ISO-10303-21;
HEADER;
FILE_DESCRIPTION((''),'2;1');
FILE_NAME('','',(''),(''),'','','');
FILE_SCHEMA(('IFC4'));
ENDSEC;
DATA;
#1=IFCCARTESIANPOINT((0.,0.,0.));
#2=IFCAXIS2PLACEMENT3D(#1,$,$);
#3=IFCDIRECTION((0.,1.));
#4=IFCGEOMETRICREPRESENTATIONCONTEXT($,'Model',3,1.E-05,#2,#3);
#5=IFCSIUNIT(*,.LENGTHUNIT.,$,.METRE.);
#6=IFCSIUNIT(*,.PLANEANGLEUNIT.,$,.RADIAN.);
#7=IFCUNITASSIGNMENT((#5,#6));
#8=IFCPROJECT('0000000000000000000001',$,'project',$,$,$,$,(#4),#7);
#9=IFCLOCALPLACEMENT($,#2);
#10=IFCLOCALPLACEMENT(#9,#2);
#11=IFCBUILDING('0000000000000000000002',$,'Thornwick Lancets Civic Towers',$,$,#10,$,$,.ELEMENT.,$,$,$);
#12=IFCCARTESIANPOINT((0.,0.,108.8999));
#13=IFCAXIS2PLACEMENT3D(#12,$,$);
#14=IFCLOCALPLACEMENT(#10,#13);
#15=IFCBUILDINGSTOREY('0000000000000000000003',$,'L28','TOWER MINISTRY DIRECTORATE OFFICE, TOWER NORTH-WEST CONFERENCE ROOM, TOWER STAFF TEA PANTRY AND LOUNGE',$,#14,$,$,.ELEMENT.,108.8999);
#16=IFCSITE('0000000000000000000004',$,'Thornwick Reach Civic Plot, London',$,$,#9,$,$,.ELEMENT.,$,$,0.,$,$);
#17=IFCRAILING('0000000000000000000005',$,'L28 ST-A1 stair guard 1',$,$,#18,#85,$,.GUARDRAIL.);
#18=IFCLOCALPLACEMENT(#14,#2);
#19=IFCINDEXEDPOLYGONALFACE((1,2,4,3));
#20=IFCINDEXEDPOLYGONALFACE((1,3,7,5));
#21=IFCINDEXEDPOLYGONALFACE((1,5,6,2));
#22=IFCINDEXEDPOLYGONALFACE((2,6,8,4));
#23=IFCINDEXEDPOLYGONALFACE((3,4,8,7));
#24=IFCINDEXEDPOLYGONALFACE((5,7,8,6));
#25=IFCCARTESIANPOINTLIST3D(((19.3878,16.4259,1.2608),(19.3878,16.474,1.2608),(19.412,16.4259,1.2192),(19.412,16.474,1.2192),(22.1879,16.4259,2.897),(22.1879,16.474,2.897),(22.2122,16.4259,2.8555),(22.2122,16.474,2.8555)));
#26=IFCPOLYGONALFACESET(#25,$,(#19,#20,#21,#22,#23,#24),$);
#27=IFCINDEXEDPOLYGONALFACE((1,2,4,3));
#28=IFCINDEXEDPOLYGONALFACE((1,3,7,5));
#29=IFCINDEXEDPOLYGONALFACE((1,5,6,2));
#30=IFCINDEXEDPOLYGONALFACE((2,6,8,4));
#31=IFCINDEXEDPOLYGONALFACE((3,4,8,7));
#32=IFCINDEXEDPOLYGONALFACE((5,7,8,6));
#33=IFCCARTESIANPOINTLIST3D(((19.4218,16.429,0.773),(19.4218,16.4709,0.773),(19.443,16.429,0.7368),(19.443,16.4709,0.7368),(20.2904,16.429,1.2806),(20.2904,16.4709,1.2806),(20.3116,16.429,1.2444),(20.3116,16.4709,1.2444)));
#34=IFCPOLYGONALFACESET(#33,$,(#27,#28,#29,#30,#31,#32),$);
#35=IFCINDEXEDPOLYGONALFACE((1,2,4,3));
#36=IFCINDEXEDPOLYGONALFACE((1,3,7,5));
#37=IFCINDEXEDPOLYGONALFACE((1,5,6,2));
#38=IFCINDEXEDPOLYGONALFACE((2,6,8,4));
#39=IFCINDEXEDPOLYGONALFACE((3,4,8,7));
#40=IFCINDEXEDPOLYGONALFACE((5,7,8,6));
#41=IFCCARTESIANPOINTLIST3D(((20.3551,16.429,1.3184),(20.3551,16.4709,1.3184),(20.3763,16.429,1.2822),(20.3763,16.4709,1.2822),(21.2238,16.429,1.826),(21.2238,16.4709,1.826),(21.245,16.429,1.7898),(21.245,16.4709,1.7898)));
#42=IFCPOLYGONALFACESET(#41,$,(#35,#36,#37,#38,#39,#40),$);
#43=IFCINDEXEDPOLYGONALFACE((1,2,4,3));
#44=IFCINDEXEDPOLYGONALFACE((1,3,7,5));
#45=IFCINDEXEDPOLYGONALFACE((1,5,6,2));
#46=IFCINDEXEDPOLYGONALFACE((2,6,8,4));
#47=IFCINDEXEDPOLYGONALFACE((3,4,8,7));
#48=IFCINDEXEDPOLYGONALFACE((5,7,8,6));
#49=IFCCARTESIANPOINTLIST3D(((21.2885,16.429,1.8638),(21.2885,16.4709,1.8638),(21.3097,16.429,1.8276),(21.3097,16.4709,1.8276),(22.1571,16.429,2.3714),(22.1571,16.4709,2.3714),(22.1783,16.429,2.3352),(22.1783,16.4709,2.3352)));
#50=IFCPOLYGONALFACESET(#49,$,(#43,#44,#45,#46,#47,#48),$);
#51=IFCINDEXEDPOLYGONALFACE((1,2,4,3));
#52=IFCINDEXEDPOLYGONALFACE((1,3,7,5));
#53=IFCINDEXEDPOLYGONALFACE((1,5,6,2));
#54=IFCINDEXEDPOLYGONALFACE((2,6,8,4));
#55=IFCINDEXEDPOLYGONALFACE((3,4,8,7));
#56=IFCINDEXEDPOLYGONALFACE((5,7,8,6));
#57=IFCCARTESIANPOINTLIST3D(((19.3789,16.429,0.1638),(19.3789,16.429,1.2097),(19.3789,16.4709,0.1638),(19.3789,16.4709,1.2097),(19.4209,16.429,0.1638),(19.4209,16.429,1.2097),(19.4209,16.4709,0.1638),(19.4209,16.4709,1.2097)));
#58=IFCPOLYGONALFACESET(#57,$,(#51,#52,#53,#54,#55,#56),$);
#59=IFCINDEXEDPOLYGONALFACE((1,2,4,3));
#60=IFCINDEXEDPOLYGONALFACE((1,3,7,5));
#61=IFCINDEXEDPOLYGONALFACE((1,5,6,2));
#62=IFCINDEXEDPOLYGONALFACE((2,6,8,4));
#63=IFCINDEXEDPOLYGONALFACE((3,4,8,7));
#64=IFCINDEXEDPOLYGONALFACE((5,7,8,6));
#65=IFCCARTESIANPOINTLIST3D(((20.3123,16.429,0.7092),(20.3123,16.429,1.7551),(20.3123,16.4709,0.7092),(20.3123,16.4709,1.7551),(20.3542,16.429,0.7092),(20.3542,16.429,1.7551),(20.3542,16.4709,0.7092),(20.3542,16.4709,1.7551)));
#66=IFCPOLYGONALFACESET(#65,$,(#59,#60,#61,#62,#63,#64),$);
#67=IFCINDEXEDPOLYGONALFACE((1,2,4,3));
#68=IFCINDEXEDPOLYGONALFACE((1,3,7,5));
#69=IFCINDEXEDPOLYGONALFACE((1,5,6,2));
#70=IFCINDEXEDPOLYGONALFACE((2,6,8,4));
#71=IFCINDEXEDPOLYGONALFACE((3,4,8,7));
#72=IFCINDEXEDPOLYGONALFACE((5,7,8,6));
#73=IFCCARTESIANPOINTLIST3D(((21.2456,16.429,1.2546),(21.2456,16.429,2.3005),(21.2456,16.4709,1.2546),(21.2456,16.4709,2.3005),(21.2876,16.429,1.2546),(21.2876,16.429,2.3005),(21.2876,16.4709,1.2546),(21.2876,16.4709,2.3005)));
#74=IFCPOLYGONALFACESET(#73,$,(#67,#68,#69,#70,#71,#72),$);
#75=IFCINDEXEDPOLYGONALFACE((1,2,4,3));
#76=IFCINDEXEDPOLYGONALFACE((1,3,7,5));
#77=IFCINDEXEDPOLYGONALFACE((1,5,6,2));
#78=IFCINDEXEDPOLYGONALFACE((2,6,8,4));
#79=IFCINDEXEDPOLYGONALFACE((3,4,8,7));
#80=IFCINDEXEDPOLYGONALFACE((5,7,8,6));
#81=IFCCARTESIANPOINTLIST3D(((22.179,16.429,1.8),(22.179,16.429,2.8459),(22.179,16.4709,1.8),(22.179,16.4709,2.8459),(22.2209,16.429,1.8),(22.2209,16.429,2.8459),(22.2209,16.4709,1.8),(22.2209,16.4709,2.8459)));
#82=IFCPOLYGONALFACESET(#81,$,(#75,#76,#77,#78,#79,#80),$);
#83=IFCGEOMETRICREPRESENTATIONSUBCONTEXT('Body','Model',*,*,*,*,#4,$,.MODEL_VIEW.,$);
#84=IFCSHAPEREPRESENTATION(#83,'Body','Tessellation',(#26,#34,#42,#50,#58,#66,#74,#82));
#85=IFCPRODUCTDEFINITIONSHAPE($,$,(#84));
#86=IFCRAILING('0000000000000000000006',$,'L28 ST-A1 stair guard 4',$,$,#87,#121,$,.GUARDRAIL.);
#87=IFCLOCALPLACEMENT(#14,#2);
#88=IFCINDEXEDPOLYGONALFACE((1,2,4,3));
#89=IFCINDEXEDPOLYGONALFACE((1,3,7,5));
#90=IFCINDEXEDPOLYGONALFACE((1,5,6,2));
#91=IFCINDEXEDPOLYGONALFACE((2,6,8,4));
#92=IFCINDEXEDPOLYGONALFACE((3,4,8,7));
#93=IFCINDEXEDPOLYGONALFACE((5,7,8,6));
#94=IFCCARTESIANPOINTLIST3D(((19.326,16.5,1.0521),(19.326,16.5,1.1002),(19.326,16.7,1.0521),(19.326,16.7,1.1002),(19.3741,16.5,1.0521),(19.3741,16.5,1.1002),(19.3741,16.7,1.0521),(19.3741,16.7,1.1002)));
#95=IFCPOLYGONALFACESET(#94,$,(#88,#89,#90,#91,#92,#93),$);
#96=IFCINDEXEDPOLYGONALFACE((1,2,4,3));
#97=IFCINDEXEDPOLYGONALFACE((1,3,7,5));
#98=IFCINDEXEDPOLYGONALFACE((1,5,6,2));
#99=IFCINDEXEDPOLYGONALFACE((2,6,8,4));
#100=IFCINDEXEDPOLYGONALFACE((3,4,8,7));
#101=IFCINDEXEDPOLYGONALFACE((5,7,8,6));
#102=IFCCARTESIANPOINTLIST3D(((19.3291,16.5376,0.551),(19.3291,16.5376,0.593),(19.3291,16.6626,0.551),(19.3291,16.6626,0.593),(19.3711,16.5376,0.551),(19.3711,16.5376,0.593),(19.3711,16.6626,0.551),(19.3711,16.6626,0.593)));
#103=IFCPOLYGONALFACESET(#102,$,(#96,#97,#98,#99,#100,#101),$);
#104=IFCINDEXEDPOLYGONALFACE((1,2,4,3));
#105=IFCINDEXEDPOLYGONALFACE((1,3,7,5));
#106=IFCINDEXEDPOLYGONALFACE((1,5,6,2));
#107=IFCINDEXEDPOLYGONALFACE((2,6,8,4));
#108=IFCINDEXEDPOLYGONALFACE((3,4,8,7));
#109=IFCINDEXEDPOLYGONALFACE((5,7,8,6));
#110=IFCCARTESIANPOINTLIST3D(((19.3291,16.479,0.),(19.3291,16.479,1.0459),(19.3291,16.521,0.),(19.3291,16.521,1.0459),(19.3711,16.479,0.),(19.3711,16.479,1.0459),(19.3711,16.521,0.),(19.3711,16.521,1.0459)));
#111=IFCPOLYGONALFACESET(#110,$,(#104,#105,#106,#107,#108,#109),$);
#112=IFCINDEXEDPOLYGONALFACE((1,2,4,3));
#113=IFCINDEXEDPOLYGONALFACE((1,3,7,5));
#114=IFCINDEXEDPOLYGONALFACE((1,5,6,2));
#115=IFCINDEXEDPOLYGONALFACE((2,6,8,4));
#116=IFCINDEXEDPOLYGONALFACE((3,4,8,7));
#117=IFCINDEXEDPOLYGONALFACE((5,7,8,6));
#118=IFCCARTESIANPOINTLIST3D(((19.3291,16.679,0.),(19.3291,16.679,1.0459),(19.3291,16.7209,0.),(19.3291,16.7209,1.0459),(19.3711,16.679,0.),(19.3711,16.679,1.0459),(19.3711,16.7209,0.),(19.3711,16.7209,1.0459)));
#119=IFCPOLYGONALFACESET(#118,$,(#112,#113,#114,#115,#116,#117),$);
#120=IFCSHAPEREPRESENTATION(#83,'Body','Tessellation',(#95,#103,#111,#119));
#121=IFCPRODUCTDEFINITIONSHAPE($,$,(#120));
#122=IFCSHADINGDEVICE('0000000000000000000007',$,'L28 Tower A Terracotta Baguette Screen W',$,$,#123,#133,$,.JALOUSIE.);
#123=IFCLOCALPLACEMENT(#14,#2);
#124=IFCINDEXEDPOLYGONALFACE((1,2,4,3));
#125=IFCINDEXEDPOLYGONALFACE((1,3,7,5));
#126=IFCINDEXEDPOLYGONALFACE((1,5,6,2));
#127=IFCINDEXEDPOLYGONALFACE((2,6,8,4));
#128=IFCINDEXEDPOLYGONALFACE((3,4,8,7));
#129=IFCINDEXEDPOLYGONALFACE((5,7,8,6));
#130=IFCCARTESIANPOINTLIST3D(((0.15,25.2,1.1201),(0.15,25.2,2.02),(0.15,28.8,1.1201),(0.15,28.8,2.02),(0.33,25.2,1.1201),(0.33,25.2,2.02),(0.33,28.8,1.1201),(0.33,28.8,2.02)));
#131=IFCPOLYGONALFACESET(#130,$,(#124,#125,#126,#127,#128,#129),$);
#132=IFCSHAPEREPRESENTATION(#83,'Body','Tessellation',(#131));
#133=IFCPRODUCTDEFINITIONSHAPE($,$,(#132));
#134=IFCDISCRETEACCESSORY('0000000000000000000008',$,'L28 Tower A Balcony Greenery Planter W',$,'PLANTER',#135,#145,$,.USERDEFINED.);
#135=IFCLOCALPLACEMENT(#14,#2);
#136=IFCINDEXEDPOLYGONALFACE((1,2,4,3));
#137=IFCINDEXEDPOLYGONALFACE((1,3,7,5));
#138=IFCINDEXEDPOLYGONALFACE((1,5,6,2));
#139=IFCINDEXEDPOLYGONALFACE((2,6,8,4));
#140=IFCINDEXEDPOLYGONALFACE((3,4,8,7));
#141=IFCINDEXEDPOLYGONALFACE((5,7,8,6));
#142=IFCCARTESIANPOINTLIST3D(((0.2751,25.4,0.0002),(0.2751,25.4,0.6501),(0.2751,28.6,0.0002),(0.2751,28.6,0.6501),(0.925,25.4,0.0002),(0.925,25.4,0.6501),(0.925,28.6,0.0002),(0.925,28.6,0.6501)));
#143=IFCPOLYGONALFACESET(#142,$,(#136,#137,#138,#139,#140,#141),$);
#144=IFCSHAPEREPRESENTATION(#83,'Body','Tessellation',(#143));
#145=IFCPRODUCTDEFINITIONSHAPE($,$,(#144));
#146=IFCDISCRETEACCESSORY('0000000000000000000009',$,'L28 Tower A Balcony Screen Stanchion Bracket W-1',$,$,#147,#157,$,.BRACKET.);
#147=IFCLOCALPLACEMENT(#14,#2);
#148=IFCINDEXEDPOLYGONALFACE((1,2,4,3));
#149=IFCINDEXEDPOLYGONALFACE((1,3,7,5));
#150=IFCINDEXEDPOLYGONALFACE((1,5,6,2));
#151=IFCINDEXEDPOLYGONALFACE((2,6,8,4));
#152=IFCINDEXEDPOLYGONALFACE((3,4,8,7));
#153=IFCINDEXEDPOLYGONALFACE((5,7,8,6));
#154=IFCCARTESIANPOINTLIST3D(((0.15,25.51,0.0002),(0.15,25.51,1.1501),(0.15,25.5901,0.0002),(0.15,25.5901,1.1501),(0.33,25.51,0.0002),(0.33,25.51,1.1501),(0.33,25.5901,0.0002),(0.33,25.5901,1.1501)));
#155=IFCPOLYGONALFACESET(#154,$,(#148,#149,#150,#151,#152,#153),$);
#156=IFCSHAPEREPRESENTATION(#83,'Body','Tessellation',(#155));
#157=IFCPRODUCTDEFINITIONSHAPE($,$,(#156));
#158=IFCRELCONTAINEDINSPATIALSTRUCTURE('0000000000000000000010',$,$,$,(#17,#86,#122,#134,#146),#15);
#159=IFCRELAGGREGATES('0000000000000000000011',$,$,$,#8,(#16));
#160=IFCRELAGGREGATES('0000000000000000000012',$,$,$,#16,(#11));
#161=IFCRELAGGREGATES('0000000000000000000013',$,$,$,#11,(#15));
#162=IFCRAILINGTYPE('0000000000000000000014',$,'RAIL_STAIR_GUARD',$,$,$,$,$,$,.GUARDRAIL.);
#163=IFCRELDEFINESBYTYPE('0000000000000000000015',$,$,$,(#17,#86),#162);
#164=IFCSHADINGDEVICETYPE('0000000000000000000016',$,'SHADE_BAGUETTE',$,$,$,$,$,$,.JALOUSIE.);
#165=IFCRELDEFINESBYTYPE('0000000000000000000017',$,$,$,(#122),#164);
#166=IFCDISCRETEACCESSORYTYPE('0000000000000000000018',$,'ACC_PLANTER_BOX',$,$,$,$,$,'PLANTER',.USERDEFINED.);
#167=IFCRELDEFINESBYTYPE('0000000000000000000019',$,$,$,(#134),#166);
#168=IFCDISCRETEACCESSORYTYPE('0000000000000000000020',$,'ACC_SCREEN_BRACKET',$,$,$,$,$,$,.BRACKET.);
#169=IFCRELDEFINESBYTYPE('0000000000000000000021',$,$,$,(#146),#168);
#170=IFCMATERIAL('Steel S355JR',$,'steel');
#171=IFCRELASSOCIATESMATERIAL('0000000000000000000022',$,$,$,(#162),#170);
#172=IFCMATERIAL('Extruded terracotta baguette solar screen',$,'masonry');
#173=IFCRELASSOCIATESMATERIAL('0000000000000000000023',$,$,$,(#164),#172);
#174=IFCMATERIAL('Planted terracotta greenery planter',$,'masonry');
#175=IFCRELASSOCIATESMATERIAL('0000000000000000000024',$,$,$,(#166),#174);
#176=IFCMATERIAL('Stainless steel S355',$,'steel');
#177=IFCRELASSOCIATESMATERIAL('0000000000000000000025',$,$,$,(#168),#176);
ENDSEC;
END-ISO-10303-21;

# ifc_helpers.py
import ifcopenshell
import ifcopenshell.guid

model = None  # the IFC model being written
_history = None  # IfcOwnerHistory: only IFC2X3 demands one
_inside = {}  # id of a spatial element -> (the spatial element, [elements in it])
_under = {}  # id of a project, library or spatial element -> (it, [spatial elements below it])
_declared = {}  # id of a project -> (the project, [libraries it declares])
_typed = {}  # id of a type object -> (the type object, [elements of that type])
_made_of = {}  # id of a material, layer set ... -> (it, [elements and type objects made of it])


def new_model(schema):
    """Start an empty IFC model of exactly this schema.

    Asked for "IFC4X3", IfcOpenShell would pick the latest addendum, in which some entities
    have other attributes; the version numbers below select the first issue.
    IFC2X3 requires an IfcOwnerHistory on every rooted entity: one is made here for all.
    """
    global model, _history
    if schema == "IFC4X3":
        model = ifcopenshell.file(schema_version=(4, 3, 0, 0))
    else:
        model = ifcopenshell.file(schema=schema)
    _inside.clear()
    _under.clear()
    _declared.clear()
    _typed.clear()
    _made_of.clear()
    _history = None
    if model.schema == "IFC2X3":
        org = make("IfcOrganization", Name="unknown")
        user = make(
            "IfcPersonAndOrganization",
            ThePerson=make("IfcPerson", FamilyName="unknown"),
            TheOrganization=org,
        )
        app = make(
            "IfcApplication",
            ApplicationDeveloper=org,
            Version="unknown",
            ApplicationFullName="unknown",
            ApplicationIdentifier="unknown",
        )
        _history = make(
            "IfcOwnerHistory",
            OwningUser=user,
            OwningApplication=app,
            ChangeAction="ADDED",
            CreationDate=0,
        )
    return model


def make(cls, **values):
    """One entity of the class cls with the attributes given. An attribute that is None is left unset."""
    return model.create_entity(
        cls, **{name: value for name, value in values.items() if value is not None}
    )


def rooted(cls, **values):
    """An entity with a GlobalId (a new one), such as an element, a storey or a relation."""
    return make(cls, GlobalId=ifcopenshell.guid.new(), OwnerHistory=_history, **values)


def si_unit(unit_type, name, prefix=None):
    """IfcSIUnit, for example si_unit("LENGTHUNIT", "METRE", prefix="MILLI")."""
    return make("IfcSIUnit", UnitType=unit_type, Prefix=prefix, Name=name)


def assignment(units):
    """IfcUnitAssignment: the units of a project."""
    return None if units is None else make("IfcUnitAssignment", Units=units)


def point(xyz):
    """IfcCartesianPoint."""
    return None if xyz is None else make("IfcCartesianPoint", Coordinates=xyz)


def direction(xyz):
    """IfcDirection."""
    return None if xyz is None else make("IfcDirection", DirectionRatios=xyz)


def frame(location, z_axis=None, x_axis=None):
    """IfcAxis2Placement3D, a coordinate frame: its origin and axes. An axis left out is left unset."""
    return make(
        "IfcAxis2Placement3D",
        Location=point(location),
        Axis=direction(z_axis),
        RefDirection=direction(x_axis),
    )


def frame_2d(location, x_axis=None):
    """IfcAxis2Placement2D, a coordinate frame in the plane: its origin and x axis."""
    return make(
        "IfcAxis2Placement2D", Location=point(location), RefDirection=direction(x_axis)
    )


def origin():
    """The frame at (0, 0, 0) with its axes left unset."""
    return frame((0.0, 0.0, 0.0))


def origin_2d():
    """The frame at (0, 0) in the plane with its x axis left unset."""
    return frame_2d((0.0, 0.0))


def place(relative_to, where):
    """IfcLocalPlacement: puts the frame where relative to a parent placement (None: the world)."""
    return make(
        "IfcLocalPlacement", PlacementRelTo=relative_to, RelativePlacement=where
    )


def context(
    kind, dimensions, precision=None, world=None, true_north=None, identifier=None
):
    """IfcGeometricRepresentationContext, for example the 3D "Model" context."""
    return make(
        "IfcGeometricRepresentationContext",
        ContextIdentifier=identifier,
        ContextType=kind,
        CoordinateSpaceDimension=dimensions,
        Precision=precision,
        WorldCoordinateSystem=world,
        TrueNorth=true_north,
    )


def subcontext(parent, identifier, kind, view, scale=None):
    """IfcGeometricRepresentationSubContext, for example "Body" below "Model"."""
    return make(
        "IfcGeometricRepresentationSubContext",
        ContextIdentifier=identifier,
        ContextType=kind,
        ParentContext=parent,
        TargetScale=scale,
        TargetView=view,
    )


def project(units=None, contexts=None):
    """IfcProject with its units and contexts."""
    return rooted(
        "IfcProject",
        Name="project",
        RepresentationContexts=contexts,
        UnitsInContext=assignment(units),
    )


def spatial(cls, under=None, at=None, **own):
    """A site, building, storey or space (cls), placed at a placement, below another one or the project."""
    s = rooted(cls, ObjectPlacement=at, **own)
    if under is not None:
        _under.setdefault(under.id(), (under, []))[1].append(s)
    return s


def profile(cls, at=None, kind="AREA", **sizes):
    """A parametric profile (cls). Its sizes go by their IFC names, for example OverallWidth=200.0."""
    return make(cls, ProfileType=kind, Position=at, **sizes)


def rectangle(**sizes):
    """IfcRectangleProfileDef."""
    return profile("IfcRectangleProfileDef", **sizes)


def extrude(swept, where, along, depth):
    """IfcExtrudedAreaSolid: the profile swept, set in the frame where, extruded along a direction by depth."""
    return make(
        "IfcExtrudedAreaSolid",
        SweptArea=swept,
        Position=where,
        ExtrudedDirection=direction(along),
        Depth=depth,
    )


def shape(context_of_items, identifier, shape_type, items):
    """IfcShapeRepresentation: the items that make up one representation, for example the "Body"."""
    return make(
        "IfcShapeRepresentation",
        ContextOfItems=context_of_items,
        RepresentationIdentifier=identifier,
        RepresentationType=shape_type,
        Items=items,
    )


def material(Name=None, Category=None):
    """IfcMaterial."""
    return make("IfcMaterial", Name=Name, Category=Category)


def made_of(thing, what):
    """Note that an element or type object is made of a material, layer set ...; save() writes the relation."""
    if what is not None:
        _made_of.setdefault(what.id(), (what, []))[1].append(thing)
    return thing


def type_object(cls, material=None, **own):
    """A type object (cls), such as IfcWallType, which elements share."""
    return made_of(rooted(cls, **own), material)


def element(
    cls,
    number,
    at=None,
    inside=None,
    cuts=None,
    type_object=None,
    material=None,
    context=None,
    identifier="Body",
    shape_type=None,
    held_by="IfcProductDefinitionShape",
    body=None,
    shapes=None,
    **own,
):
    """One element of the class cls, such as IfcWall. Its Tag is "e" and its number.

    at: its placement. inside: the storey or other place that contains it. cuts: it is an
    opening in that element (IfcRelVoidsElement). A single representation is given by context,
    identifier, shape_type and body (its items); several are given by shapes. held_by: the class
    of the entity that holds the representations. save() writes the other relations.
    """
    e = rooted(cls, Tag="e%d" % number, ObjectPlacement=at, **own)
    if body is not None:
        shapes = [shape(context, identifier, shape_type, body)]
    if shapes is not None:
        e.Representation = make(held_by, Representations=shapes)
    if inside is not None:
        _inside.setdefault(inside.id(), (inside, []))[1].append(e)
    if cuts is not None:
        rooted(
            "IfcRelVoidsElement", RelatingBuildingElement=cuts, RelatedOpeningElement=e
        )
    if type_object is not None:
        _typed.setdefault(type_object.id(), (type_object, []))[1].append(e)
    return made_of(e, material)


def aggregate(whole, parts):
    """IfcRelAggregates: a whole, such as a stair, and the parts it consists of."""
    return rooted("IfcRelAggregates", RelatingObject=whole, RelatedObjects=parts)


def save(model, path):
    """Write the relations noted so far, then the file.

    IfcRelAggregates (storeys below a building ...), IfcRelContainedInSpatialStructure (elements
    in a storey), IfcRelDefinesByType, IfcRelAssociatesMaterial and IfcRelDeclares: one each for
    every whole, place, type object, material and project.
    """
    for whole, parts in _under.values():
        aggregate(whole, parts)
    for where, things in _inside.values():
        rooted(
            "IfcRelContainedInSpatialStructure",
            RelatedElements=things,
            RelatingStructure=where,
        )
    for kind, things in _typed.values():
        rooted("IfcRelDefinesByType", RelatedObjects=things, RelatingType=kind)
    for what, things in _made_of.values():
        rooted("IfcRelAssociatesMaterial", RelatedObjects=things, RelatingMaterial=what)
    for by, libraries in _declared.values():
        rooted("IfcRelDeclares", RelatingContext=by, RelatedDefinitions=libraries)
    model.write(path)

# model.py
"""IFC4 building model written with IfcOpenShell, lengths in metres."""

from ifc_helpers import new_model, si_unit, direction, frame, origin, origin_2d, place, context, subcontext, project, spatial, rectangle, extrude, material, type_object, element, save


model = new_model("IFC4")

# Units and contexts
model_context = context("Model", 3, precision=1e-05, world=origin(), true_north=direction((0.0, 1.0)))
body_context = subcontext(model_context, "Body", "Model", "MODEL_VIEW")
ifc_project = project(units=[si_unit("LENGTHUNIT", "METRE"), si_unit("PLANEANGLEUNIT", "RADIAN")], contexts=[model_context])

# Site, building, storey
site_placement = place(None, origin())
site = spatial("IfcSite", under=ifc_project, at=site_placement, Name="Thornwick Reach Civic Plot, London", CompositionType="ELEMENT", RefElevation=0.0)
building_placement = place(site_placement, origin())
building = spatial("IfcBuilding", under=site, at=building_placement, Name="Thornwick Lancets Civic Towers", CompositionType="ELEMENT")
storey_placement = place(building_placement, frame((0.0, 0.0, 108.8999)))
storey = spatial("IfcBuildingStorey", under=building, at=storey_placement, Name="L28", Description="TOWER MINISTRY DIRECTORATE OFFICE, TOWER NORTH-WEST CONFERENCE ROOM, TOWER STAFF TEA PANTRY AND LOUNGE", CompositionType="ELEMENT", Elevation=108.8999)

# Shared definitions
ifc_material_1 = material(Name="Steel S355JR", Category="steel")

# Railings
railing_type_1 = type_object("IfcRailingType", Name="RAIL_STAIR_GUARD", PredefinedType="GUARDRAIL", material=ifc_material_1)
railing_1_placement = place(storey_placement, frame((19.3999, 16.45, 0.1638)))
element("IfcRailing", 1, at=railing_1_placement, inside=storey, type_object=railing_type_1, Name="L28 ST-A1 stair guard 1", PredefinedType="GUARDRAIL", context=body_context, shape_type="SweptSolid", body=[
    extrude(rectangle(XDim=0.0481, YDim=0.0481, at=origin_2d()), frame((0.0, 0.0, 1.0762), z_axis=(0.863394, 0.0, 0.504531), x_axis=(0.0, 1.0, 0.0)), (0.0, 0.0, 1.0), 3.2432),
    extrude(rectangle(XDim=0.042, YDim=0.042, at=origin_2d()), frame((0.0325, 0.0, 0.5911), z_axis=(0.863394, 0.0, 0.504531), x_axis=(0.0, 1.0, 0.0)), (0.0, 0.0, 1.0), 1.0061),
    extrude(rectangle(XDim=0.042, YDim=0.042, at=origin_2d()), frame((0.9658, 0.0, 1.1365), z_axis=(0.863394, 0.0, 0.504531), x_axis=(0.0, 1.0, 0.0)), (0.0, 0.0, 1.0), 1.0061),
    extrude(rectangle(XDim=0.042, YDim=0.042, at=origin_2d()), frame((1.8992, 0.0, 1.6819), z_axis=(0.863394, 0.0, 0.504531), x_axis=(0.0, 1.0, 0.0)), (0.0, 0.0, 1.0), 1.0061),
    extrude(rectangle(XDim=0.042, YDim=0.042, at=origin_2d()), origin(), (0.0, 0.0, 1.0), 1.0459),
    extrude(rectangle(XDim=0.042, YDim=0.042, at=origin_2d()), frame((0.9333, 0.0, 0.5454)), (0.0, 0.0, 1.0), 1.0459),
    extrude(rectangle(XDim=0.042, YDim=0.042, at=origin_2d()), frame((1.8667, 0.0, 1.0908)), (0.0, 0.0, 1.0), 1.0459),
    extrude(rectangle(XDim=0.042, YDim=0.042, at=origin_2d()), frame((2.8, 0.0, 1.6362)), (0.0, 0.0, 1.0), 1.0459),
])
railing_2_placement = place(storey_placement, frame((19.3501, 16.5, 0.0)))
element("IfcRailing", 2, at=railing_2_placement, inside=storey, type_object=railing_type_1, Name="L28 ST-A1 stair guard 4", PredefinedType="GUARDRAIL", context=body_context, shape_type="SweptSolid", body=[
    extrude(rectangle(XDim=0.0481, YDim=0.0481, at=origin_2d()), frame((0.0, 0.0, 1.0762), z_axis=(0.0, 1.0, 0.0), x_axis=(-1.0, 0.0, 0.0)), (0.0, 0.0, 1.0), 0.2),
    extrude(rectangle(XDim=0.042, YDim=0.042, at=origin_2d()), frame((0.0, 0.0376, 0.572), z_axis=(0.0, 1.0, 0.0), x_axis=(-1.0, 0.0, 0.0)), (0.0, 0.0, 1.0), 0.125),
    extrude(rectangle(XDim=0.042, YDim=0.042, at=origin_2d()), origin(), (0.0, 0.0, 1.0), 1.0459),
    extrude(rectangle(XDim=0.042, YDim=0.042, at=origin_2d()), frame((0.0, 0.2, 0.0)), (0.0, 0.0, 1.0), 1.0459),
])

# Shading device
ifc_material_2 = material(Name="Extruded terracotta baguette solar screen", Category="masonry")
shading_device_type = type_object("IfcShadingDeviceType", Name="SHADE_BAGUETTE", PredefinedType="JALOUSIE", material=ifc_material_2)
shading_device_placement = place(storey_placement, frame((0.24, 27.0, 1.1201), z_axis=(0.0, 0.0, 1.0), x_axis=(0.0, 1.0, 0.0)))
element("IfcShadingDevice", 3, at=shading_device_placement, inside=storey, type_object=shading_device_type, Name="L28 Tower A Terracotta Baguette Screen W", PredefinedType="JALOUSIE", context=body_context, shape_type="SweptSolid", body=[
    extrude(rectangle(XDim=3.6001, YDim=0.1799, at=origin_2d()), origin(), (0.0, 0.0, 1.0), 0.8999),
])

# Discrete accessories
ifc_material_3 = material(Name="Planted terracotta greenery planter", Category="masonry")
discrete_accessory_type_1 = type_object("IfcDiscreteAccessoryType", Name="ACC_PLANTER_BOX", ElementType="PLANTER", PredefinedType="USERDEFINED", material=ifc_material_3)
discrete_accessory_1_placement = place(storey_placement, frame((0.6001, 27.0, 0.0002), z_axis=(0.0, 0.0, 1.0), x_axis=(1.0, 0.0, 0.0)))
element("IfcDiscreteAccessory", 4, at=discrete_accessory_1_placement, inside=storey, type_object=discrete_accessory_type_1, Name="L28 Tower A Balcony Greenery Planter W", ObjectType="PLANTER", PredefinedType="USERDEFINED", context=body_context, shape_type="SweptSolid", body=[
    extrude(rectangle(XDim=0.6499, YDim=3.2, at=origin_2d()), origin(), (0.0, 0.0, 1.0), 0.6499),
])
ifc_material_4 = material(Name="Stainless steel S355", Category="steel")
discrete_accessory_type_2 = type_object("IfcDiscreteAccessoryType", Name="ACC_SCREEN_BRACKET", PredefinedType="BRACKET", material=ifc_material_4)
discrete_accessory_2_placement = place(storey_placement, frame((0.24, 25.55, 0.0002), z_axis=(0.0, 0.0, 1.0), x_axis=(0.0, 1.0, 0.0)))
element("IfcDiscreteAccessory", 5, at=discrete_accessory_2_placement, inside=storey, type_object=discrete_accessory_type_2, Name="L28 Tower A Balcony Screen Stanchion Bracket W-1", PredefinedType="BRACKET", context=body_context, shape_type="SweptSolid", body=[
    extrude(rectangle(XDim=0.0801, YDim=0.1799, at=origin_2d()), origin(), (0.0, 0.0, 1.0), 1.1499),
])

save(model, "model.ifc")
